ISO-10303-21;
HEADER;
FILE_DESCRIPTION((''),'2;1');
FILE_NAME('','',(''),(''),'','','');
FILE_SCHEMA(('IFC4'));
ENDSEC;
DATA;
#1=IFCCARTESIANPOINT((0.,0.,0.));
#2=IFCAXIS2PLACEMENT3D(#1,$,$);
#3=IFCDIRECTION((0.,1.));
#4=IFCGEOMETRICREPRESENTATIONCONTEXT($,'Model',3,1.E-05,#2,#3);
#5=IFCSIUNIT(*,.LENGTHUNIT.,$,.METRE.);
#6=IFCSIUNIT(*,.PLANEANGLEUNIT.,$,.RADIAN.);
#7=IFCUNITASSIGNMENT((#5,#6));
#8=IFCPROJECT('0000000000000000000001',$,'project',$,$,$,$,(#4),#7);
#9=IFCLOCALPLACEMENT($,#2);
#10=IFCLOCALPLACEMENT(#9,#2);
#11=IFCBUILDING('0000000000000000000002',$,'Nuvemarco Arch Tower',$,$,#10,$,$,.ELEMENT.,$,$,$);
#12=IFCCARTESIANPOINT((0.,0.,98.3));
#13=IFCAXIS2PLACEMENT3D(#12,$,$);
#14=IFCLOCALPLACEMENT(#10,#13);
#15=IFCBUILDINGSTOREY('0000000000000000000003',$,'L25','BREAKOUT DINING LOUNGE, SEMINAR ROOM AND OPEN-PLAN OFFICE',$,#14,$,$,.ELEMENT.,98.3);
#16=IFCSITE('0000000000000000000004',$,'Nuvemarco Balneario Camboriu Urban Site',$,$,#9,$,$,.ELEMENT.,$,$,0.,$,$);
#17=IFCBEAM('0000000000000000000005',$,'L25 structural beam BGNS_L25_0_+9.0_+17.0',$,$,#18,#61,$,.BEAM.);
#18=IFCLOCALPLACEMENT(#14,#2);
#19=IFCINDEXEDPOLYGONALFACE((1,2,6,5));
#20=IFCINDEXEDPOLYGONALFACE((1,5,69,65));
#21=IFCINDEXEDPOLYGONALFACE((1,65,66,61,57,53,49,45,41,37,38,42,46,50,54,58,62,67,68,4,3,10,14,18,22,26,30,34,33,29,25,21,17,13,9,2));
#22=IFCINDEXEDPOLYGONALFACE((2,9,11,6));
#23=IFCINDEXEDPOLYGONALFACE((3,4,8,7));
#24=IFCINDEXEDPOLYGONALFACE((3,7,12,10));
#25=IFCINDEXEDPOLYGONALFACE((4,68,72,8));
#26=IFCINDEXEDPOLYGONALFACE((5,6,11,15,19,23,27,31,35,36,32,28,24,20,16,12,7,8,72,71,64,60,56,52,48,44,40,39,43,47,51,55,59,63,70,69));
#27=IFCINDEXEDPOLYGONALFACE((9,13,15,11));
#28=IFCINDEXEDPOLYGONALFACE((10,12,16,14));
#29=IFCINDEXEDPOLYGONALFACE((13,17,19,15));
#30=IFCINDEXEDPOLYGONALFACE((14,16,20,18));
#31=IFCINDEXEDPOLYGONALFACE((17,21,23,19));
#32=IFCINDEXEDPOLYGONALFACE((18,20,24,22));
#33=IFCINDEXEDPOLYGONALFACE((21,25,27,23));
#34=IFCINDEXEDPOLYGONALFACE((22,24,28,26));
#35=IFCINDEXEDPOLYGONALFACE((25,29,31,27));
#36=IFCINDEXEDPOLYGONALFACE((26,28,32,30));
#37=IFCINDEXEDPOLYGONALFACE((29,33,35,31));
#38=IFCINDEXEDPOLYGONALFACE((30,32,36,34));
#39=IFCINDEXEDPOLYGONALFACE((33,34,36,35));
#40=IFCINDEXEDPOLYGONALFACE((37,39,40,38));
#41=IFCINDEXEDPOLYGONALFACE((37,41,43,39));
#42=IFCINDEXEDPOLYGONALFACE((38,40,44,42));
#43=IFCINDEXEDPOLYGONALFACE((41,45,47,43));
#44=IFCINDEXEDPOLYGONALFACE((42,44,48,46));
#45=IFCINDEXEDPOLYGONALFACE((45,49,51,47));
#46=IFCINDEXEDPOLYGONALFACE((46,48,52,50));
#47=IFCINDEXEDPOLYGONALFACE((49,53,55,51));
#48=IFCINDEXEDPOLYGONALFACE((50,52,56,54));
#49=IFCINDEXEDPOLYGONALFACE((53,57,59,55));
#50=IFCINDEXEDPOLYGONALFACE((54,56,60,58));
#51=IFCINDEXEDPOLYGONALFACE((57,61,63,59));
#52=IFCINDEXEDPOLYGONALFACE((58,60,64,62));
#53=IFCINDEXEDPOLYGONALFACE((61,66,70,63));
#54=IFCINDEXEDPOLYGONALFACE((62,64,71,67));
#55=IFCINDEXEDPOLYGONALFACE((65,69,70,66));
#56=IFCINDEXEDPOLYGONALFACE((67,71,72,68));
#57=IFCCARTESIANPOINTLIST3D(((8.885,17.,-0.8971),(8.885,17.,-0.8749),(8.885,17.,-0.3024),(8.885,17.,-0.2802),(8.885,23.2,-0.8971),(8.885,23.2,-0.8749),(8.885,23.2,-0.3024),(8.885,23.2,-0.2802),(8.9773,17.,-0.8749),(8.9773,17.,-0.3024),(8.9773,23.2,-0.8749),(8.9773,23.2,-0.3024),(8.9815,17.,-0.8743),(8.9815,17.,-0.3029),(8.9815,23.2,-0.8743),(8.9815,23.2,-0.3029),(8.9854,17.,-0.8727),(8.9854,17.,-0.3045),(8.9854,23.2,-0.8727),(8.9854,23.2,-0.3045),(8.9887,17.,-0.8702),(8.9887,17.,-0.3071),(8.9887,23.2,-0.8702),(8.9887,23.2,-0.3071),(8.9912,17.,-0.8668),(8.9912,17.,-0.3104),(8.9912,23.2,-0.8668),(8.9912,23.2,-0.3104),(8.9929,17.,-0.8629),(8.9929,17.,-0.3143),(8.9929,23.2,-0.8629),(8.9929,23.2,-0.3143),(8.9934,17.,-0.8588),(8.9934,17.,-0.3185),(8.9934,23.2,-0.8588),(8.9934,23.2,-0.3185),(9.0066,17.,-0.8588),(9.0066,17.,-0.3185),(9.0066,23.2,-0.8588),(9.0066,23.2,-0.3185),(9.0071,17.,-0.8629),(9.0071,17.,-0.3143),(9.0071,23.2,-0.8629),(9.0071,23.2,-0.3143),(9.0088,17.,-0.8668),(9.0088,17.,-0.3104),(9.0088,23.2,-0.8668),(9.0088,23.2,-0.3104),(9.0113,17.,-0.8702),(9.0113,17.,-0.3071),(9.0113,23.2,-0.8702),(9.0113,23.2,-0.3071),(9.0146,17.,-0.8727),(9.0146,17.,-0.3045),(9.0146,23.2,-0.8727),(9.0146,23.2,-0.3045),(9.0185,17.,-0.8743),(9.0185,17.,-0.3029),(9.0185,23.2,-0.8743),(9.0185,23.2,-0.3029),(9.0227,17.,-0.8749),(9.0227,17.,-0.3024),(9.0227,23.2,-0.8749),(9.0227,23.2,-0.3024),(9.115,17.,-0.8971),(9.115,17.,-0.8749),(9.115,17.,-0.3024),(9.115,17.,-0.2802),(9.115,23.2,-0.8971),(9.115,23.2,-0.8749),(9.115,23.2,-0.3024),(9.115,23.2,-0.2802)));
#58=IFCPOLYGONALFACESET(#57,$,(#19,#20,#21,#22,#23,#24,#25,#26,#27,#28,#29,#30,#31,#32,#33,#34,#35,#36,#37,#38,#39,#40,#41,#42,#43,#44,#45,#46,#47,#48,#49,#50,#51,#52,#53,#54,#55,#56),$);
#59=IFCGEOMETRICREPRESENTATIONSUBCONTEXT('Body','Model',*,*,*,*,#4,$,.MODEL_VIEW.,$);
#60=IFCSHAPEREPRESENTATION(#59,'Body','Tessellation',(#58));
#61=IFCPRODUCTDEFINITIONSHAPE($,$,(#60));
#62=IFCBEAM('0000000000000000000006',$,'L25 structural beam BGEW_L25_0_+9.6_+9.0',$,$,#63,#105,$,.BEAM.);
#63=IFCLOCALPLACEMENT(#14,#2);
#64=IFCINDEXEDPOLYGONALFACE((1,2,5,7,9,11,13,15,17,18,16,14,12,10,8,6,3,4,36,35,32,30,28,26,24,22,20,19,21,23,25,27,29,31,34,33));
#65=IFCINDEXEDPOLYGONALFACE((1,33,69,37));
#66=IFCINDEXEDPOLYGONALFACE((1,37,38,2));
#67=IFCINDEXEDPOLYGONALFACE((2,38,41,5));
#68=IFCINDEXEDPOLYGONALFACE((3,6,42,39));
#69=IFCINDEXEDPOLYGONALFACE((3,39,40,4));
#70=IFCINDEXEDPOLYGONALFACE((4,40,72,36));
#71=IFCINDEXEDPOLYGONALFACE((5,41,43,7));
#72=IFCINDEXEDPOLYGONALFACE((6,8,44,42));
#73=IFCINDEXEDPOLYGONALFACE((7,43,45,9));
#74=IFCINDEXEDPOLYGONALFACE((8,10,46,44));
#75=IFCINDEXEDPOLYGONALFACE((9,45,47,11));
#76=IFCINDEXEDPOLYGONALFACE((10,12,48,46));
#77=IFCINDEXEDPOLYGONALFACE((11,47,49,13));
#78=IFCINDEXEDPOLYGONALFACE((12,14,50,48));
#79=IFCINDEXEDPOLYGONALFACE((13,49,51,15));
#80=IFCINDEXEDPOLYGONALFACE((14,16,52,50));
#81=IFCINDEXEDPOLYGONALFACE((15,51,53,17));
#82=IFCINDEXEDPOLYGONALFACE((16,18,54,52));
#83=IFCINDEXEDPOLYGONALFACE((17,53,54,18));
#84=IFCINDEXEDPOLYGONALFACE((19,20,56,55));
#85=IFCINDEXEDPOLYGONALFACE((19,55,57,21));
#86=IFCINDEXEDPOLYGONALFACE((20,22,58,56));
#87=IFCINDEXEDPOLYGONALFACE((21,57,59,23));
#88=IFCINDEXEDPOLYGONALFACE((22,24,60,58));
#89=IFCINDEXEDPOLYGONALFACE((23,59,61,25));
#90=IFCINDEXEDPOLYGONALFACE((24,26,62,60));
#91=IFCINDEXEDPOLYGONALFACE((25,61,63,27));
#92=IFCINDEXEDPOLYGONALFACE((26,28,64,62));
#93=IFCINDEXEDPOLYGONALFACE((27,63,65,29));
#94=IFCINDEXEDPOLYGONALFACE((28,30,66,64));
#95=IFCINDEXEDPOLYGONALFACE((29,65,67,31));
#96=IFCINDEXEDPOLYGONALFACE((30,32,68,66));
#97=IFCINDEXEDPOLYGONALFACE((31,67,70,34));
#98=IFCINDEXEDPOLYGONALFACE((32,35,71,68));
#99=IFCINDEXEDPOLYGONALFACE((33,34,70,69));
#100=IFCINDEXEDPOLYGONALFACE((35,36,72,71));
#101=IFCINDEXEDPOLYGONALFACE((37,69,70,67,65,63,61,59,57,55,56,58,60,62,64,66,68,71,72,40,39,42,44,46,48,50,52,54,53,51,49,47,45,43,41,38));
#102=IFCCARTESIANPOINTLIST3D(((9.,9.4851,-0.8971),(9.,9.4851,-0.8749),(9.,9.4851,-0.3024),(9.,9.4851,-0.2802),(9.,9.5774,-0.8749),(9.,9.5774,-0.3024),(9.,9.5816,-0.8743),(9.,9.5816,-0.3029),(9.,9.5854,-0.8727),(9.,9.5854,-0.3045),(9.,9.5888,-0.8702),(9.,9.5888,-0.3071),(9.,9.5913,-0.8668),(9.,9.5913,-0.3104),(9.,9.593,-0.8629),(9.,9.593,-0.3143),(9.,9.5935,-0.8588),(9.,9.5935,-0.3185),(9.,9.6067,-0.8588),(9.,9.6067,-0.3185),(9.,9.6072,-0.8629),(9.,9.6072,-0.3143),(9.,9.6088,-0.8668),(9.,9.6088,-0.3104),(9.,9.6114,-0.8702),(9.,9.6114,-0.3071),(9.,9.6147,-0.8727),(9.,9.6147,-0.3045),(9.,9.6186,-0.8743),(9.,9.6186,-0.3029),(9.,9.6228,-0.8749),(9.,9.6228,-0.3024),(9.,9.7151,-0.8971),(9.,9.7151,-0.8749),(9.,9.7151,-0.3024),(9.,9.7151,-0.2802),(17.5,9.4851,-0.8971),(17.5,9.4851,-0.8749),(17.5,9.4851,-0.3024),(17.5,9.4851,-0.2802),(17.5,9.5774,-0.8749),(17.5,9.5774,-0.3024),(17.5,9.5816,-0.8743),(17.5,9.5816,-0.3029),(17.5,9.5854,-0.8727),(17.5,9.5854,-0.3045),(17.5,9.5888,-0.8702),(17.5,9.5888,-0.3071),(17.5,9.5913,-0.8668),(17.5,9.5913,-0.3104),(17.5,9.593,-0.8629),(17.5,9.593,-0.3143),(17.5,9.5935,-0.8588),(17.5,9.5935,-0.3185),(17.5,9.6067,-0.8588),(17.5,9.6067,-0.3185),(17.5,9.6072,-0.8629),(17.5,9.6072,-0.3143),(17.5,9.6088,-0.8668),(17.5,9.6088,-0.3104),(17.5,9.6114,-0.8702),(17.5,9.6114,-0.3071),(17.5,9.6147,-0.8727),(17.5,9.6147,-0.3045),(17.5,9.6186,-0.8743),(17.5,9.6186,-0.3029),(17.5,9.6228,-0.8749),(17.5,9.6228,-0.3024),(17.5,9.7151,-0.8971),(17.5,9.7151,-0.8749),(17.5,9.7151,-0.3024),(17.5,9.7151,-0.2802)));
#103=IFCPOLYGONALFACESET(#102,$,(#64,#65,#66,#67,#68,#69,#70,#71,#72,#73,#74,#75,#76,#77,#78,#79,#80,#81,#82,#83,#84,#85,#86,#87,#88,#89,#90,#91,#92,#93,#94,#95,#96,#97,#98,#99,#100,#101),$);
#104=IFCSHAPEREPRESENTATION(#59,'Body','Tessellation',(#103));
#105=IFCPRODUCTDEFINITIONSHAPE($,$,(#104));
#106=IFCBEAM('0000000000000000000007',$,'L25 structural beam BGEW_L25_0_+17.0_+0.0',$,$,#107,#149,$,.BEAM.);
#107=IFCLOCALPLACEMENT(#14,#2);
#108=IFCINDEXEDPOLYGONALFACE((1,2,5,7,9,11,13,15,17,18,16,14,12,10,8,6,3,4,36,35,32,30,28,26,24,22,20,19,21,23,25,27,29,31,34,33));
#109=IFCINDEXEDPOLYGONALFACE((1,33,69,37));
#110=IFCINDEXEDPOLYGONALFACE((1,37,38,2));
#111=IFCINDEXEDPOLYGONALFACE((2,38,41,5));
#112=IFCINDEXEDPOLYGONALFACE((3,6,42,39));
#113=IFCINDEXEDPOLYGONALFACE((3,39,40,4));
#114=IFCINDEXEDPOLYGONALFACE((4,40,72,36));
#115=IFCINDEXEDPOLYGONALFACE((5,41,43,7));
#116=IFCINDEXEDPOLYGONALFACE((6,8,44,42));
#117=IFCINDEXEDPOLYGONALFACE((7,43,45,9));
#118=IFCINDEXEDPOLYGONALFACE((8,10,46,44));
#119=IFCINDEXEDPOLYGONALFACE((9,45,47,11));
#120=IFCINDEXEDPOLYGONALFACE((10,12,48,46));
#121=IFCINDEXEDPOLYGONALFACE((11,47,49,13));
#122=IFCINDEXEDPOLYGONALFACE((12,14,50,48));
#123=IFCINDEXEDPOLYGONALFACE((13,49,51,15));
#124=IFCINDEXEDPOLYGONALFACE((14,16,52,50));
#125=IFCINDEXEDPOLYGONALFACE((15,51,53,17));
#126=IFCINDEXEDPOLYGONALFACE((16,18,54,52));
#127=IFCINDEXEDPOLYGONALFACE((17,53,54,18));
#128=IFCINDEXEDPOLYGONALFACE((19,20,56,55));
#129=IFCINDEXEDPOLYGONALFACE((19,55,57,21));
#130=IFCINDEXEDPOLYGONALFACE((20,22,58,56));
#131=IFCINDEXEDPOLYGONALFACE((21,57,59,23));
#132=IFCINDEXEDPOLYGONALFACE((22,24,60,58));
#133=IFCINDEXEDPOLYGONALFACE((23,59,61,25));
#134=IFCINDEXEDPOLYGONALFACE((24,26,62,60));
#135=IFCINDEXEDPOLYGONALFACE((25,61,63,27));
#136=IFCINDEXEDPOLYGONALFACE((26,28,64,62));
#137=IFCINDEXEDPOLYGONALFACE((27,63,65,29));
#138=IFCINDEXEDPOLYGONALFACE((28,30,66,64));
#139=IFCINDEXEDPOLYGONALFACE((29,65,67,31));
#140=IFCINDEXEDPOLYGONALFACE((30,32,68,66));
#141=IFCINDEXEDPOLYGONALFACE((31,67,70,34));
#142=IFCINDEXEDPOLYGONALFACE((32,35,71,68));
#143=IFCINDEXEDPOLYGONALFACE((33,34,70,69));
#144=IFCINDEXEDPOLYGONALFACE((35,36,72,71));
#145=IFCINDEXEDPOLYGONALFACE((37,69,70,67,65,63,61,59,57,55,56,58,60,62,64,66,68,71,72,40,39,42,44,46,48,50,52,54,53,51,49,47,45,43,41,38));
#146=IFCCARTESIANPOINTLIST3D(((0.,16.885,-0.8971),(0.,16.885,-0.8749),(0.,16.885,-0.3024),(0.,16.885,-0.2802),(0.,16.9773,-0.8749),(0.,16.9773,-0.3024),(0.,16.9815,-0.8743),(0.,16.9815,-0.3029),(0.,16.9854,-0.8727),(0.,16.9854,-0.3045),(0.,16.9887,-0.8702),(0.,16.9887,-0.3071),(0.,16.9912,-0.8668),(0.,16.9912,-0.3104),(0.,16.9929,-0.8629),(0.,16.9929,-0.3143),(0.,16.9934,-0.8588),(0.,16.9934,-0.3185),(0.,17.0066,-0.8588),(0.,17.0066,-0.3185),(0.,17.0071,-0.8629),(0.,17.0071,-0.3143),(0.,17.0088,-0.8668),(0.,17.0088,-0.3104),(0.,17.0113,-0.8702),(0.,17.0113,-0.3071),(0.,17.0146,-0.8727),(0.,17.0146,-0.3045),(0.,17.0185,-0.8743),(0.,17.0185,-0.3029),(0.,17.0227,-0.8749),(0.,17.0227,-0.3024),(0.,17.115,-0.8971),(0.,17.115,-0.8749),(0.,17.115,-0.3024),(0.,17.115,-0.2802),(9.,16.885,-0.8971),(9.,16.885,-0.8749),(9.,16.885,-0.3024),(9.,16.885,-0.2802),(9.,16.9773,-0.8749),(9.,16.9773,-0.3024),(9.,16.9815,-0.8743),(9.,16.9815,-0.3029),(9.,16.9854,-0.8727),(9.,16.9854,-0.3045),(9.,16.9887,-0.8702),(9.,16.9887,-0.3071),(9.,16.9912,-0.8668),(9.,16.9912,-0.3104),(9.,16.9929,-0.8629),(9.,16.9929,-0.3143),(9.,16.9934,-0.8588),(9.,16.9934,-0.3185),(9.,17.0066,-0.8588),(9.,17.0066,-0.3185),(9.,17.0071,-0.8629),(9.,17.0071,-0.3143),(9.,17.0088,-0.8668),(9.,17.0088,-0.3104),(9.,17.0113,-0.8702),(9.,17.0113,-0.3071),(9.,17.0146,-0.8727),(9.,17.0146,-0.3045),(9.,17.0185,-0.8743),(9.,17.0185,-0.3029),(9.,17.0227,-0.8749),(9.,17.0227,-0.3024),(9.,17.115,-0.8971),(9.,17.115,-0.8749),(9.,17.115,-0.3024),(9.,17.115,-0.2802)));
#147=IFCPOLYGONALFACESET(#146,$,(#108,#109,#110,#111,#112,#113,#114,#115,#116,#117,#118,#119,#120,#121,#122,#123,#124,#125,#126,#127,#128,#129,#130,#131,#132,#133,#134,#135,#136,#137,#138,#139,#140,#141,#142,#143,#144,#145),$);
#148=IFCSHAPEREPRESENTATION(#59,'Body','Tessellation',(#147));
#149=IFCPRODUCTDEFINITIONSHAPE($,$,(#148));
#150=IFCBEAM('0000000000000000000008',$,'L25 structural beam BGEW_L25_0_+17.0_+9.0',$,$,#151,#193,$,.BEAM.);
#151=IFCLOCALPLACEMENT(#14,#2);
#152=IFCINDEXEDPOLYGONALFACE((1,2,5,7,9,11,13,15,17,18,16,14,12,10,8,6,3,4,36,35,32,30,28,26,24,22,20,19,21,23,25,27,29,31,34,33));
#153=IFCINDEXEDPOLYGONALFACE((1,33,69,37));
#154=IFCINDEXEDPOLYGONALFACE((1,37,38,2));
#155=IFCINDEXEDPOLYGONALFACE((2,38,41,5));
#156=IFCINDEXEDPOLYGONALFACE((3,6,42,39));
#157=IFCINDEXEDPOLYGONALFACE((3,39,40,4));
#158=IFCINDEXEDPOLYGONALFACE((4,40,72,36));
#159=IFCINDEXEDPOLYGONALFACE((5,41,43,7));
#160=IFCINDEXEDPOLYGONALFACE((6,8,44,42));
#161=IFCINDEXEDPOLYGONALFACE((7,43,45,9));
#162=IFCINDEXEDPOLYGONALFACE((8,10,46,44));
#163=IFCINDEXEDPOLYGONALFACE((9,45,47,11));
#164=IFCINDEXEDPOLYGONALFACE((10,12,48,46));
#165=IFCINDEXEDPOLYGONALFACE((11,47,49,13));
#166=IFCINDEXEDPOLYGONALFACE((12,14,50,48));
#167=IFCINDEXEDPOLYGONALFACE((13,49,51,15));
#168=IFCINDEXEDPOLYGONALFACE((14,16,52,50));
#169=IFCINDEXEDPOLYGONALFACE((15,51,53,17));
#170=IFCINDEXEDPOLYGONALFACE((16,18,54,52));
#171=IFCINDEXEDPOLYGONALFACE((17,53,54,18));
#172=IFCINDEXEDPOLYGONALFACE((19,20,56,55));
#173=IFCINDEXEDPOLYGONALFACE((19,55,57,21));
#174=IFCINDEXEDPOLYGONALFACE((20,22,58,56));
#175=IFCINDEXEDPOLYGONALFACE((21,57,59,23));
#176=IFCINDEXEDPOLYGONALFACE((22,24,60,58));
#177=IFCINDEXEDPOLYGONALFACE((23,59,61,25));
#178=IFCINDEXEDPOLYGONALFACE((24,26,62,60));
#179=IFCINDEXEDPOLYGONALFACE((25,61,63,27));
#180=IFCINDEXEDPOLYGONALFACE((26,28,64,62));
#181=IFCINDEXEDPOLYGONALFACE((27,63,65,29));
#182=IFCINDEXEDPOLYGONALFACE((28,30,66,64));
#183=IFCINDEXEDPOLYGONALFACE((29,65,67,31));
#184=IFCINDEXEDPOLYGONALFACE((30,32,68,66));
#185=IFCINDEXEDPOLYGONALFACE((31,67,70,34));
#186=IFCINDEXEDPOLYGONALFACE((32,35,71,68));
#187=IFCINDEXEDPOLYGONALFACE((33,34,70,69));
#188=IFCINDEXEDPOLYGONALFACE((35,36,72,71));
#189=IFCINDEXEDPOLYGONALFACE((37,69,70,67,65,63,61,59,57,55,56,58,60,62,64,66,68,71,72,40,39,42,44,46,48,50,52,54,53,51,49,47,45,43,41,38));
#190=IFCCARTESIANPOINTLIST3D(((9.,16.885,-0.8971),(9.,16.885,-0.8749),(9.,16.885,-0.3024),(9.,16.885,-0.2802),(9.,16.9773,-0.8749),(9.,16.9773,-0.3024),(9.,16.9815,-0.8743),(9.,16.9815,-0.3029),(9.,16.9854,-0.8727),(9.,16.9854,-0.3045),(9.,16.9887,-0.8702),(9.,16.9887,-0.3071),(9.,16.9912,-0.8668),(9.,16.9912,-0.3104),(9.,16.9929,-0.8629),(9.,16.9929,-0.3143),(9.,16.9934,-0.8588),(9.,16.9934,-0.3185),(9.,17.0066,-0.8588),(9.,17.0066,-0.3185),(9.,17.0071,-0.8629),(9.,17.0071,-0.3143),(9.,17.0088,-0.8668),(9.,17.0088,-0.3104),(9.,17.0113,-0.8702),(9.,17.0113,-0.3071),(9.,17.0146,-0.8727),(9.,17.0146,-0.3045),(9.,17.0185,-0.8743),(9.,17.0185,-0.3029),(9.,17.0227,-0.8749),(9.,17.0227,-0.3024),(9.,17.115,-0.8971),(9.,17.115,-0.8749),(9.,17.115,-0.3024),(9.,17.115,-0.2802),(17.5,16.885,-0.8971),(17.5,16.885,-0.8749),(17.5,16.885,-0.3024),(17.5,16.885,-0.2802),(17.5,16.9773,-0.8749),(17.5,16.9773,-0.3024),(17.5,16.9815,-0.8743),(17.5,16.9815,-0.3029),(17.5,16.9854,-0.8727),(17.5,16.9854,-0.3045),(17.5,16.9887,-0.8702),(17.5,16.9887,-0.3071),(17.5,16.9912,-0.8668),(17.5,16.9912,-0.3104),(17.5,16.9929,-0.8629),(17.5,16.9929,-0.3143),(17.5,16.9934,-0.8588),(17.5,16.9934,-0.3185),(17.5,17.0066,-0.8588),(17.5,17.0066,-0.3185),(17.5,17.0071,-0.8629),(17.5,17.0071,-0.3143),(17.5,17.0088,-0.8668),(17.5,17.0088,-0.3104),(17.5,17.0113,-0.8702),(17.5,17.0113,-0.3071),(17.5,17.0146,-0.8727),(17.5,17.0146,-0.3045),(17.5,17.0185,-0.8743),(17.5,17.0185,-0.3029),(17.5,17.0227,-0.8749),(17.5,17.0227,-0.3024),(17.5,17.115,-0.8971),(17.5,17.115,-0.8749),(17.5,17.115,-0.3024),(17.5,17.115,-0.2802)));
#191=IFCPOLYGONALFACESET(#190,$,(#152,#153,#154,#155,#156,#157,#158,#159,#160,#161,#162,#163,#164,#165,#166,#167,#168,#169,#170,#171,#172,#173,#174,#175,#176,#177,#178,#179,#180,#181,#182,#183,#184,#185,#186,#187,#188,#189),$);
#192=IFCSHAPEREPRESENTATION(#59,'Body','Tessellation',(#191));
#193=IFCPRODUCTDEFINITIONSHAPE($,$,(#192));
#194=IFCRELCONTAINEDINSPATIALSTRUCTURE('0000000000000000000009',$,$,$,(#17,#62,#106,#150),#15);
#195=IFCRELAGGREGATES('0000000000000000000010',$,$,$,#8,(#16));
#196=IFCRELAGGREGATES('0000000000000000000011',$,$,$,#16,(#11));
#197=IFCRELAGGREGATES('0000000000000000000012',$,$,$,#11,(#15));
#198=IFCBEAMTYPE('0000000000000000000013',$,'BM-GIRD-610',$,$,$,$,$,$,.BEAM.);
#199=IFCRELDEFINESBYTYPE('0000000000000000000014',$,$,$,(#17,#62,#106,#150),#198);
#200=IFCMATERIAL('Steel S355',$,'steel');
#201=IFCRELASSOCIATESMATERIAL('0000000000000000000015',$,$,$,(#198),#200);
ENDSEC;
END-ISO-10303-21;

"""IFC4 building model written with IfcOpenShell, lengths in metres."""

from ifc_helpers import new_model, si_unit, direction, frame, origin, origin_2d, place, context, subcontext, project, spatial, i_section, extrude, material, material_profile, profile_set, type_object, element, save


model = new_model("IFC4")

# Units and contexts
model_context = context("Model", 3, precision=1e-05, world=origin(), true_north=direction((0.0, 1.0)))
body_context = subcontext(model_context, "Body", "Model", "MODEL_VIEW")
ifc_project = project(units=[si_unit("LENGTHUNIT", "METRE"), si_unit("PLANEANGLEUNIT", "RADIAN")], contexts=[model_context])

# Site, building, storey
site_placement = place(None, origin())
site = spatial("IfcSite", under=ifc_project, at=site_placement, Name="Nuvemarco Balneario Camboriu Urban Site", CompositionType="ELEMENT", RefElevation=0.0)
building_placement = place(site_placement, origin())
building = spatial("IfcBuilding", under=site, at=building_placement, Name="Nuvemarco Arch Tower", CompositionType="ELEMENT")
storey_placement = place(building_placement, frame((0.0, 0.0, 98.3)))
storey = spatial("IfcBuildingStorey", under=building, at=storey_placement, Name="L25", Description="BREAKOUT DINING LOUNGE, SEMINAR ROOM AND OPEN-PLAN OFFICE", CompositionType="ELEMENT", Elevation=98.3)

# Shared definitions
ifc_material_1 = material(Name="Steel S355", Category="steel")

# Beams
ifc_material_profile_1 = material_profile(ifc_material_1, i_section(OverallWidth=0.23, OverallDepth=0.6169, WebThickness=0.0132, FlangeThickness=0.0222, FilletRadius=0.0161, at=origin_2d()), Name="W610x140")
ifc_profile_set_1 = profile_set([ifc_material_profile_1], Name="Steel S355")
beam_type_1 = type_object("IfcBeamType", Name="BM-GIRD-610", PredefinedType="BEAM", material=ifc_profile_set_1)
beam_1_placement = place(storey_placement, frame((9.0, 17.0, -0.5886), z_axis=(0.0, 1.0, 0.0), x_axis=(-1.0, 0.0, 0.0)))
element("IfcBeam", 1, at=beam_1_placement, inside=storey, type_object=beam_type_1, Name="L25 structural beam BGNS_L25_0_+9.0_+17.0", PredefinedType="BEAM", context=body_context, shape_type="SweptSolid", body=[
    extrude(i_section(OverallWidth=0.23, OverallDepth=0.6169, WebThickness=0.0132, FlangeThickness=0.0222, FilletRadius=0.0161, at=origin_2d()), origin(), (0.0, 0.0, 1.0), 6.2),
])
beam_2_placement = place(storey_placement, frame((9.0, 9.6001, -0.5886), z_axis=(1.0, 0.0, 0.0), x_axis=(0.0, 1.0, 0.0)))
element("IfcBeam", 2, at=beam_2_placement, inside=storey, type_object=beam_type_1, Name="L25 structural beam BGEW_L25_0_+9.6_+9.0", PredefinedType="BEAM", context=body_context, shape_type="SweptSolid", body=[
    extrude(i_section(OverallWidth=0.23, OverallDepth=0.6169, WebThickness=0.0132, FlangeThickness=0.0222, FilletRadius=0.0161, at=origin_2d()), origin(), (0.0, 0.0, 1.0), 8.5),
])
beam_3_placement = place(storey_placement, frame((0.0, 17.0, -0.5886), z_axis=(1.0, 0.0, 0.0), x_axis=(0.0, 1.0, 0.0)))
element("IfcBeam", 3, at=beam_3_placement, inside=storey, type_object=beam_type_1, Name="L25 structural beam BGEW_L25_0_+17.0_+0.0", PredefinedType="BEAM", context=body_context, shape_type="SweptSolid", body=[
    extrude(i_section(OverallWidth=0.23, OverallDepth=0.6169, WebThickness=0.0132, FlangeThickness=0.0222, FilletRadius=0.0161, at=origin_2d()), origin(), (0.0, 0.0, 1.0), 9.0),
])
beam_4_placement = place(storey_placement, frame((9.0, 17.0, -0.5886), z_axis=(1.0, 0.0, 0.0), x_axis=(0.0, 1.0, 0.0)))
element("IfcBeam", 4, at=beam_4_placement, inside=storey, type_object=beam_type_1, Name="L25 structural beam BGEW_L25_0_+17.0_+9.0", PredefinedType="BEAM", context=body_context, shape_type="SweptSolid", body=[
    extrude(i_section(OverallWidth=0.23, OverallDepth=0.6169, WebThickness=0.0132, FlangeThickness=0.0222, FilletRadius=0.0161, at=origin_2d()), origin(), (0.0, 0.0, 1.0), 8.5),
])

save(model, "model.ifc")
